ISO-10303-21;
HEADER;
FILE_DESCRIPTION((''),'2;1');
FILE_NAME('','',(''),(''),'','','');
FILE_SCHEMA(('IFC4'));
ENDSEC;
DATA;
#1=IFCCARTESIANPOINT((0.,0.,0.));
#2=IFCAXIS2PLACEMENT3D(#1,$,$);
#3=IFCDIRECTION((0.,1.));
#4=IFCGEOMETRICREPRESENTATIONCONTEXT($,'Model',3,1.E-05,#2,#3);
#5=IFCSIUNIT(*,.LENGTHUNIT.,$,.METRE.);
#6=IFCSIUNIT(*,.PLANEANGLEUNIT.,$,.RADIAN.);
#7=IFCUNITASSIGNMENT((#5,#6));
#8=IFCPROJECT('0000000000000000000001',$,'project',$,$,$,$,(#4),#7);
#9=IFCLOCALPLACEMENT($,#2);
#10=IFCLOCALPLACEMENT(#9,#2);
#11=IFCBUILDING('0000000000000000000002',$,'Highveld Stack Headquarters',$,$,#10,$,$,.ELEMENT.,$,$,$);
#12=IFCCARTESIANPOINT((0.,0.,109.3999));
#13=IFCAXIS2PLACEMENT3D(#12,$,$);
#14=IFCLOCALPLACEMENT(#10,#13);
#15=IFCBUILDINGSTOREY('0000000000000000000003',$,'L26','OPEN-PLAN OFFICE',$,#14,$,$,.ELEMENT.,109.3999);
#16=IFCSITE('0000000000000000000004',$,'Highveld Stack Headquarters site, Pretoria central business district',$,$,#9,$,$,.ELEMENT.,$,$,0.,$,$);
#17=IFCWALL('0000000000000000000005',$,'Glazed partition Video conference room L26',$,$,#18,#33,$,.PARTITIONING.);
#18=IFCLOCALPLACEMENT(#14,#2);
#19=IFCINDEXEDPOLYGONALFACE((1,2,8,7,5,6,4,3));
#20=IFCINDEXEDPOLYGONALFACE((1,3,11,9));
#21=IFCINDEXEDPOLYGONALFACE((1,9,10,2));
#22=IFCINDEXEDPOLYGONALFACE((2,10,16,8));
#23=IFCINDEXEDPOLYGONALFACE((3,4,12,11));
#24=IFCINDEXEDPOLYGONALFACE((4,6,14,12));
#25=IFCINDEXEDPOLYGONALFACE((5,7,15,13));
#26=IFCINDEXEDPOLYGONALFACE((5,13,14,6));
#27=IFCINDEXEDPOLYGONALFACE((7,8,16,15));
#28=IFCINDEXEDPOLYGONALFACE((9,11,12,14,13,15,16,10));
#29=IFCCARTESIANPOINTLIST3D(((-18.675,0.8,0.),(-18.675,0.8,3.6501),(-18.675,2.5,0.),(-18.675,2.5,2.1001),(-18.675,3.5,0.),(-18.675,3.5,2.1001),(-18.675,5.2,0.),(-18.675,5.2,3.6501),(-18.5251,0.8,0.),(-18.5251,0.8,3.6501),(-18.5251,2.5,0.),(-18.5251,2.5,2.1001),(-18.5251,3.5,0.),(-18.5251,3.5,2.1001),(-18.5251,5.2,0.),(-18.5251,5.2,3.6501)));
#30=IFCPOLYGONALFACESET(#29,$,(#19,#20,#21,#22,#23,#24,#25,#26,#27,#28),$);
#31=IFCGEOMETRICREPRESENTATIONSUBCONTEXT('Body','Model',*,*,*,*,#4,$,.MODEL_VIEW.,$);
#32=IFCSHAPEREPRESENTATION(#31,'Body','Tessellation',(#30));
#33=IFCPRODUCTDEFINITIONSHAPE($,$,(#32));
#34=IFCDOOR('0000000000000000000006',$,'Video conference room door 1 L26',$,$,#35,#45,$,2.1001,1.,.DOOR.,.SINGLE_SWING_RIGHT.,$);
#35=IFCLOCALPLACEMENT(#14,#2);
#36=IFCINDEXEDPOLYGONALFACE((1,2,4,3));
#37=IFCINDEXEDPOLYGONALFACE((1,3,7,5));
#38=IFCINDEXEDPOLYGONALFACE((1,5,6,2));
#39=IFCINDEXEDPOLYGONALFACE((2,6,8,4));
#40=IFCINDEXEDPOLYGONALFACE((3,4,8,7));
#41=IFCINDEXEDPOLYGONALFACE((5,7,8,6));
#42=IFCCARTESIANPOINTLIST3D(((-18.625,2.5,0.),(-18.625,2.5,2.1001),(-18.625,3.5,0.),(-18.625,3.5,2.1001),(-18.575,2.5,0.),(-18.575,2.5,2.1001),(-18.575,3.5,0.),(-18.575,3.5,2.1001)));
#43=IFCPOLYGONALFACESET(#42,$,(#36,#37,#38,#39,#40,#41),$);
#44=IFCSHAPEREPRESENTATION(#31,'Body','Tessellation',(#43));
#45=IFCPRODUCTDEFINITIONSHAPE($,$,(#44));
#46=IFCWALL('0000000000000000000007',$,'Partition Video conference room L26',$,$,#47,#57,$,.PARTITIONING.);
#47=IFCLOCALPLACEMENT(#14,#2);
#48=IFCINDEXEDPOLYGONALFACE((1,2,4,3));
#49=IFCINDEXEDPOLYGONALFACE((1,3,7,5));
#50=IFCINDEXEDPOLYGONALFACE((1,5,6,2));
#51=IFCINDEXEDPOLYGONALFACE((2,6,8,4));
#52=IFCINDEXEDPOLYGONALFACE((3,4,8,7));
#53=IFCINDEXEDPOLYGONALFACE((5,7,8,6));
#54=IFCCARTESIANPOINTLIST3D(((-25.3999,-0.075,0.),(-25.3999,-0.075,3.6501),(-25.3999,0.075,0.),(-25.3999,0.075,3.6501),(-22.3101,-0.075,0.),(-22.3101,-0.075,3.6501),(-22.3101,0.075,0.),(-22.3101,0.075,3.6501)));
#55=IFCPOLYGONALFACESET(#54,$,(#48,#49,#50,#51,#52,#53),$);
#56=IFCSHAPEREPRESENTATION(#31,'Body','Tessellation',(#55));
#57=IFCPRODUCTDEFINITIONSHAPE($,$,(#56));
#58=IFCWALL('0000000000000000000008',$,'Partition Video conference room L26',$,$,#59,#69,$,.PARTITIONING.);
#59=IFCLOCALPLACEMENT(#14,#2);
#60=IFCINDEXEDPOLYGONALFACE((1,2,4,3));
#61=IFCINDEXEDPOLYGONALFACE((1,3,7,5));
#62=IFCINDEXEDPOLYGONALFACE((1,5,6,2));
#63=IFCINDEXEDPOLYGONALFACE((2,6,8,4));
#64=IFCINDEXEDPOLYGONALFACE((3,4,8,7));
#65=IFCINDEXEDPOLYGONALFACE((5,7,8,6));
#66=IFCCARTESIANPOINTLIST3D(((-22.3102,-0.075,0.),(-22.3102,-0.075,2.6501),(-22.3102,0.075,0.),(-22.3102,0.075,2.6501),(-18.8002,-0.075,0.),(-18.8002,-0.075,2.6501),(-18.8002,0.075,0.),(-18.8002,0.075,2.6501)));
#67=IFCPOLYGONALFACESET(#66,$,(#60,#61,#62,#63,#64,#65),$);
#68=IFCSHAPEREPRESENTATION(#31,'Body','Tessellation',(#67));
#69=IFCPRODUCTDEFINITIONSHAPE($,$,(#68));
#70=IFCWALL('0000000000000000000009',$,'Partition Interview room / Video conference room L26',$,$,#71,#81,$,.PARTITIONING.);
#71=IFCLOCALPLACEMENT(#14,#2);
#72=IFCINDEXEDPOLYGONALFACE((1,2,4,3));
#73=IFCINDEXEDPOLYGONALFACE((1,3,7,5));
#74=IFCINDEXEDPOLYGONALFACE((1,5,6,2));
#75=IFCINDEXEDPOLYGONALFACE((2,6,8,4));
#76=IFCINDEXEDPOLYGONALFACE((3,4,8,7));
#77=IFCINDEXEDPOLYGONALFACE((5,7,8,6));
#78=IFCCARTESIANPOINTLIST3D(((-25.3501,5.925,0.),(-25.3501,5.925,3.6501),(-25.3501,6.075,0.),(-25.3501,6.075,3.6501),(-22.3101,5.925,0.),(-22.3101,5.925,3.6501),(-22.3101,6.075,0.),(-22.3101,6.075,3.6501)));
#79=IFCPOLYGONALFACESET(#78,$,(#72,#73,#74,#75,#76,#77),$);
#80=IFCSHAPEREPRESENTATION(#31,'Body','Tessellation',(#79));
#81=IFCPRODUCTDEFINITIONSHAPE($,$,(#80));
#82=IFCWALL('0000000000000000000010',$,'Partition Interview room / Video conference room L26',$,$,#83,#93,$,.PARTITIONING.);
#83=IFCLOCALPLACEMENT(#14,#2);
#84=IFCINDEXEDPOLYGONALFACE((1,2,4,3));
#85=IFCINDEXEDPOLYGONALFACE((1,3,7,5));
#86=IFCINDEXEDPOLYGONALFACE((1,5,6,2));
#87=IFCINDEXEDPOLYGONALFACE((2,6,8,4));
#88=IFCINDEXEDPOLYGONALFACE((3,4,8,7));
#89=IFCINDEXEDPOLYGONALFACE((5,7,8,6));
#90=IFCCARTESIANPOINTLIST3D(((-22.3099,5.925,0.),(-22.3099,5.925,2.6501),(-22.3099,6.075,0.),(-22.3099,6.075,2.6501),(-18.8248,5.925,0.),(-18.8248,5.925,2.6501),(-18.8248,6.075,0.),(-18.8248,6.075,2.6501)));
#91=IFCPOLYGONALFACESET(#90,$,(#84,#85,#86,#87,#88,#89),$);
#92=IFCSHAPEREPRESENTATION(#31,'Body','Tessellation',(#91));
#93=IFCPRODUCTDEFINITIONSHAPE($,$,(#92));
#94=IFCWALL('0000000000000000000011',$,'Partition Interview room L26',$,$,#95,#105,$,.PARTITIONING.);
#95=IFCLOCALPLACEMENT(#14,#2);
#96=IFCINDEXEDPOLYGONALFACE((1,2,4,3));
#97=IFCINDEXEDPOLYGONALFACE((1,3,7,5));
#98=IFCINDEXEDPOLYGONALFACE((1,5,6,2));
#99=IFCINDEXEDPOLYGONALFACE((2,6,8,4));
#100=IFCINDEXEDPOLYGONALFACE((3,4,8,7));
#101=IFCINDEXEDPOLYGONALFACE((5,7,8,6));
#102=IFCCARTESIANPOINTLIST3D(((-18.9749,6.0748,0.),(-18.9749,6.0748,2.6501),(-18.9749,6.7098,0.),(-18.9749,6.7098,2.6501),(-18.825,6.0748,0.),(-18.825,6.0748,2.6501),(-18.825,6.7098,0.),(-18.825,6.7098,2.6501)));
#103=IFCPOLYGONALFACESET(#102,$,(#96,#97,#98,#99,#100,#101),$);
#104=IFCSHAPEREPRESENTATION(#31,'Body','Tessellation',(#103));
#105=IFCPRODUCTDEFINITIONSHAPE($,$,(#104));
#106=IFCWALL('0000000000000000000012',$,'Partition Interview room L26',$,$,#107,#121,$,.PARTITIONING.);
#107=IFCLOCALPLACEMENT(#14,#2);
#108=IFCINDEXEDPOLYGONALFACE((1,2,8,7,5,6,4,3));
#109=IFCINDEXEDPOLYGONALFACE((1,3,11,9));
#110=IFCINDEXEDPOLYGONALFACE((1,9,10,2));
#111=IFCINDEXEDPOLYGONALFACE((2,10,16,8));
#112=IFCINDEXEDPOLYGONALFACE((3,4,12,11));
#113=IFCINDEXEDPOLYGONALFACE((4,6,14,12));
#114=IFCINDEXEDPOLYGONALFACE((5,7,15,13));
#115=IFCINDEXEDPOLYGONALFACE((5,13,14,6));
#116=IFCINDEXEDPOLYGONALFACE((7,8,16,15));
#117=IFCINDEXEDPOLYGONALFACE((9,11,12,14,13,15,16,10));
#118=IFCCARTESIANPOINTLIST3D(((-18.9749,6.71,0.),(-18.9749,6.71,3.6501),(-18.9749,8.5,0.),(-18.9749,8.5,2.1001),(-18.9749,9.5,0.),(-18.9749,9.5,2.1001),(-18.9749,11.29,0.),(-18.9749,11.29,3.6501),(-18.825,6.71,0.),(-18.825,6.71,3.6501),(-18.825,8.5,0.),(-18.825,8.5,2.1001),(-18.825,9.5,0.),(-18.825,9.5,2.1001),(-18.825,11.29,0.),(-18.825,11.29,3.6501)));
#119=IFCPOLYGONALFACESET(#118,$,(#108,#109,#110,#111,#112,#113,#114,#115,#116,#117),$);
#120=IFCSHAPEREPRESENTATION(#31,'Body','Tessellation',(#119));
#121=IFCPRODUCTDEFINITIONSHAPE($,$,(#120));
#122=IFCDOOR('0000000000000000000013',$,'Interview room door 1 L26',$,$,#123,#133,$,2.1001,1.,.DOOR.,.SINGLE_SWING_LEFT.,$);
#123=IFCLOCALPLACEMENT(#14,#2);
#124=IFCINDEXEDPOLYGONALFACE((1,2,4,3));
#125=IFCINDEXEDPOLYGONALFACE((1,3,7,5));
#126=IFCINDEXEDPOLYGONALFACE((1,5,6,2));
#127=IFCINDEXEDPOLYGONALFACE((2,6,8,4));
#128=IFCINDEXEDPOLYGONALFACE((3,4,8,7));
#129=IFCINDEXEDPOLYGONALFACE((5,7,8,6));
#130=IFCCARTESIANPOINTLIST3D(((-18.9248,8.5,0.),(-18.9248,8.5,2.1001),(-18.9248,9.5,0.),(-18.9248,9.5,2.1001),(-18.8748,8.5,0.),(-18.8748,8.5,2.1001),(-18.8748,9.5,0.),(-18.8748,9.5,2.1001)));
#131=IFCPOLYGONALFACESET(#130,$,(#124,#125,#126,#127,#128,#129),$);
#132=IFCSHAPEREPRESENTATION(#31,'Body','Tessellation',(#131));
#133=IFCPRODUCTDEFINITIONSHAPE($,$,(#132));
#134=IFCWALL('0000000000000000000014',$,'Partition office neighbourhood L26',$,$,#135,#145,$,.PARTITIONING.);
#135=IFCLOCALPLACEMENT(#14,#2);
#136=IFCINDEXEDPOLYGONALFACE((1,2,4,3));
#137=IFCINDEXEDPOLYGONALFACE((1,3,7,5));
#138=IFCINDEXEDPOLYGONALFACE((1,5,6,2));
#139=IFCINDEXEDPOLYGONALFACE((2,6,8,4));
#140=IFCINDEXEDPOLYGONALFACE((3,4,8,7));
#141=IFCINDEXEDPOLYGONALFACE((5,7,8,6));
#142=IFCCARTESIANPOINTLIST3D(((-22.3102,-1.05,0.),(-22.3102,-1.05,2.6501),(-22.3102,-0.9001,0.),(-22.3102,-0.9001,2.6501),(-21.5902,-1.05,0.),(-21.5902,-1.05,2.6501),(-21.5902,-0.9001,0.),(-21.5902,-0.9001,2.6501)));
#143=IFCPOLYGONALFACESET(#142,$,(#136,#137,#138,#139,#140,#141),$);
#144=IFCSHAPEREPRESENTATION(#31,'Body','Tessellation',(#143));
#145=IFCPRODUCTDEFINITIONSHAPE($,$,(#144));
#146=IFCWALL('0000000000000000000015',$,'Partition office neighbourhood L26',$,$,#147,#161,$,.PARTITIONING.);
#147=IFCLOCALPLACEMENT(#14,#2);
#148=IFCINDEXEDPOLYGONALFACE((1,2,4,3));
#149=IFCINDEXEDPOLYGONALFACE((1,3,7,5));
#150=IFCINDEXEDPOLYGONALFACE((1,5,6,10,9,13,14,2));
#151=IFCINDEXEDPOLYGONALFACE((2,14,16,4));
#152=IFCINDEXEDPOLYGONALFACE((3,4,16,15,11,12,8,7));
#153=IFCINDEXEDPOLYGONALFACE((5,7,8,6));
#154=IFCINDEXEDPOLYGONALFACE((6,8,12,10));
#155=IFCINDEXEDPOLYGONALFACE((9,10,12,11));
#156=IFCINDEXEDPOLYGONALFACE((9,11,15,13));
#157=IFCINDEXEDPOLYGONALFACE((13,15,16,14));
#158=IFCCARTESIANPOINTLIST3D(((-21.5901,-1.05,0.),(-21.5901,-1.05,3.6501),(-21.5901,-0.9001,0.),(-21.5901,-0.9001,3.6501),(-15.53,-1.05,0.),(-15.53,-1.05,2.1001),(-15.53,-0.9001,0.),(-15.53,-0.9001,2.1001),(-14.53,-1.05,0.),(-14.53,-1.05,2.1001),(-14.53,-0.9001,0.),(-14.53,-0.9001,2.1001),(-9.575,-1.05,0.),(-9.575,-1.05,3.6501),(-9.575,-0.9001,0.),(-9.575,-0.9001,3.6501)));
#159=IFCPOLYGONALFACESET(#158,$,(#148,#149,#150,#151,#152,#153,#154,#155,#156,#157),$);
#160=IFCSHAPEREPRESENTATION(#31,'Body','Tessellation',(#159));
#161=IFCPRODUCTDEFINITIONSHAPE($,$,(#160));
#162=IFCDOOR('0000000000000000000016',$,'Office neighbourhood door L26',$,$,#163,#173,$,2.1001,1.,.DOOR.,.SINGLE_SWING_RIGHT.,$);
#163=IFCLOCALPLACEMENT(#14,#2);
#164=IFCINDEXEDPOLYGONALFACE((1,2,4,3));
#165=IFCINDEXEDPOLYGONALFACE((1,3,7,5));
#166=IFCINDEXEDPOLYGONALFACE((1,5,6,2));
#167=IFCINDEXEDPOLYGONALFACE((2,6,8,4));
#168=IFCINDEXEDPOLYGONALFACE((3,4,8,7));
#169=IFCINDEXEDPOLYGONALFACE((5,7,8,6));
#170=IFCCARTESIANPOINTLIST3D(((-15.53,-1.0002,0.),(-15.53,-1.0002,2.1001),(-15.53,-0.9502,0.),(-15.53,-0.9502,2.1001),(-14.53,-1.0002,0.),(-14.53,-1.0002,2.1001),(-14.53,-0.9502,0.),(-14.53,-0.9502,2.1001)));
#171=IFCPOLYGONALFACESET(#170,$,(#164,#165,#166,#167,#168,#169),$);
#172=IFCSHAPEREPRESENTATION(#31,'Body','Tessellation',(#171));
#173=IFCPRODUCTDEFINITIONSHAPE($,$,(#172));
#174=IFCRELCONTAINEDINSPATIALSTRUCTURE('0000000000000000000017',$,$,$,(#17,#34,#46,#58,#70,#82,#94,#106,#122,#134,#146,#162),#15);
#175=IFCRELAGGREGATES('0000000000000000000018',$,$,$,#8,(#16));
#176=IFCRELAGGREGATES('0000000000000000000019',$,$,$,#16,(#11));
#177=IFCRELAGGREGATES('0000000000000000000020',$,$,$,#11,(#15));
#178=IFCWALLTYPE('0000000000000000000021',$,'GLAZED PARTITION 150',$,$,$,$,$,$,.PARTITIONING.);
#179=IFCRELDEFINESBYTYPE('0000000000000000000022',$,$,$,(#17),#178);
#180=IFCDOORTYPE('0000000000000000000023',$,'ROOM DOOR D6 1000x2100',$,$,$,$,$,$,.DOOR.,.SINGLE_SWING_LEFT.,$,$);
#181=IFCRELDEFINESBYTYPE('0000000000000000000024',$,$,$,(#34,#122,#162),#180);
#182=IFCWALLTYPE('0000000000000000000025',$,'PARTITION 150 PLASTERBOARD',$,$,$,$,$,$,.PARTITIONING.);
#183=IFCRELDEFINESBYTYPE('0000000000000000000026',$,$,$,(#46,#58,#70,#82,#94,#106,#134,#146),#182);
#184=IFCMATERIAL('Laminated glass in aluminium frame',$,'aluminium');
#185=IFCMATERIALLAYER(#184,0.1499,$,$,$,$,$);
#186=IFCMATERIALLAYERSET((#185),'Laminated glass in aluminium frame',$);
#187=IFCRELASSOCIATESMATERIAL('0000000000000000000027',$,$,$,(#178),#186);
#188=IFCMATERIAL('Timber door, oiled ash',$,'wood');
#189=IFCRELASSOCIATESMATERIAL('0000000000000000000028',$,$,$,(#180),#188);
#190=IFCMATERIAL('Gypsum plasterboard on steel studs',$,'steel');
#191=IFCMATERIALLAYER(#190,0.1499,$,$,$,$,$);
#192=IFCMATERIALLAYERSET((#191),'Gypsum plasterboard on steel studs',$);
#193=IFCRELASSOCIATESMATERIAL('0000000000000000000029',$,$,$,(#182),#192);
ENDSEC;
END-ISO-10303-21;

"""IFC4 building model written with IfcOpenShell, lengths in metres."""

from ifc_helpers import new_model, si_unit, direction, frame, frame_2d, origin, place, context, subcontext, project, spatial, rectangle, extrude, material, layer, layer_set, type_object, element, fill, save


model = new_model("IFC4")

# Units and contexts
model_context = context("Model", 3, precision=1e-05, world=origin(), true_north=direction((0.0, 1.0)))
body_context = subcontext(model_context, "Body", "Model", "MODEL_VIEW")
ifc_project = project(units=[si_unit("LENGTHUNIT", "METRE"), si_unit("PLANEANGLEUNIT", "RADIAN")], contexts=[model_context])

# Site, building, storey
site_placement = place(None, origin())
site = spatial("IfcSite", under=ifc_project, at=site_placement, Name="Highveld Stack Headquarters site, Pretoria central business district", CompositionType="ELEMENT", RefElevation=0.0)
building_placement = place(site_placement, origin())
building = spatial("IfcBuilding", under=site, at=building_placement, Name="Highveld Stack Headquarters", CompositionType="ELEMENT")
storey_placement = place(building_placement, frame((0.0, 0.0, 109.3999)))
storey = spatial("IfcBuildingStorey", under=building, at=storey_placement, Name="L26", Description="OPEN-PLAN OFFICE", CompositionType="ELEMENT", Elevation=109.3999)

# Wall, opening, door
ifc_material_1 = material(Name="Laminated glass in aluminium frame", Category="aluminium")
ifc_layer_1 = layer(ifc_material_1, 0.1499)
ifc_layer_set_1 = layer_set([ifc_layer_1], Name="Laminated glass in aluminium frame")
wall_type_1 = type_object("IfcWallType", Name="GLAZED PARTITION 150", PredefinedType="PARTITIONING", material=ifc_layer_set_1)
wall_1_placement = place(storey_placement, frame((-18.6001, 0.8, 0.0), z_axis=(0.0, 0.0, 1.0), x_axis=(0.0, 1.0, 0.0)))
wall_1 = element("IfcWall", 1, at=wall_1_placement, inside=storey, type_object=wall_type_1, Name="Glazed partition Video conference room L26", PredefinedType="PARTITIONING", context=body_context, shape_type="SweptSolid", body=[
    extrude(rectangle(XDim=4.3999, YDim=0.1499, at=frame_2d((2.2, 0.0))), origin(), (0.0, 0.0, 1.0), 3.6501),
])
opening_1_placement = place(wall_1_placement, frame((1.7, 0.0, 0.0)))
opening_1 = element("IfcOpeningElement", 2, at=opening_1_placement, cuts=wall_1, PredefinedType="OPENING", context=body_context, shape_type="SweptSolid", body=[
    extrude(rectangle(XDim=1.0, YDim=2.1001, at=frame_2d((0.5, 1.05))), frame((0.0, 0.085, 0.0), z_axis=(0.0, -1.0, 0.0), x_axis=(1.0, 0.0, 0.0)), (0.0, 0.0, 1.0), 0.1699),
])
ifc_material_2 = material(Name="Timber door, oiled ash", Category="wood")
door_type = type_object("IfcDoorType", Name="ROOM DOOR D6 1000x2100", OperationType="SINGLE_SWING_LEFT", PredefinedType="DOOR", material=ifc_material_2)
door_1_placement = place(opening_1_placement, origin())
door_1 = element("IfcDoor", 3, at=door_1_placement, inside=storey, type_object=door_type, Name="Video conference room door 1 L26", OperationType="SINGLE_SWING_RIGHT", OverallHeight=2.1001, OverallWidth=1.0, PredefinedType="DOOR", context=body_context, shape_type="SweptSolid", body=[
    extrude(rectangle(XDim=1.0, YDim=2.1001, at=frame_2d((0.5, 1.05))), frame((0.0, 0.0249, 0.0), z_axis=(0.0, -1.0, 0.0), x_axis=(1.0, 0.0, 0.0)), (0.0, 0.0, 1.0), 0.05),
])
fill(opening_1, door_1)

# Walls
ifc_material_3 = material(Name="Gypsum plasterboard on steel studs", Category="steel")
ifc_layer_2 = layer(ifc_material_3, 0.1499)
ifc_layer_set_2 = layer_set([ifc_layer_2], Name="Gypsum plasterboard on steel studs")
wall_type_2 = type_object("IfcWallType", Name="PARTITION 150 PLASTERBOARD", PredefinedType="PARTITIONING", material=ifc_layer_set_2)
wall_2_placement = place(storey_placement, frame((-25.3999, 0.0, 0.0), z_axis=(0.0, 0.0, 1.0), x_axis=(1.0, 0.0, 0.0)))
element("IfcWall", 4, at=wall_2_placement, inside=storey, type_object=wall_type_2, Name="Partition Video conference room L26", PredefinedType="PARTITIONING", context=body_context, shape_type="SweptSolid", body=[
    extrude(rectangle(XDim=3.0898, YDim=0.1499, at=frame_2d((1.5449, 0.0))), origin(), (0.0, 0.0, 1.0), 3.6501),
])
wall_3_placement = place(storey_placement, frame((-22.3101, 0.0, 0.0), z_axis=(0.0, 0.0, 1.0), x_axis=(1.0, 0.0, 0.0)))
element("IfcWall", 5, at=wall_3_placement, inside=storey, type_object=wall_type_2, Name="Partition Video conference room L26", PredefinedType="PARTITIONING", context=body_context, shape_type="SweptSolid", body=[
    extrude(rectangle(XDim=3.51, YDim=0.1499, at=frame_2d((1.7549, 0.0))), origin(), (0.0, 0.0, 1.0), 2.6501),
])
wall_4_placement = place(storey_placement, frame((-25.3501, 6.0, 0.0), z_axis=(0.0, 0.0, 1.0), x_axis=(1.0, 0.0, 0.0)))
element("IfcWall", 6, at=wall_4_placement, inside=storey, type_object=wall_type_2, Name="Partition Interview room / Video conference room L26", PredefinedType="PARTITIONING", context=body_context, shape_type="SweptSolid", body=[
    extrude(rectangle(XDim=3.04, YDim=0.1499, at=frame_2d((1.52, 0.0))), origin(), (0.0, 0.0, 1.0), 3.6501),
])
wall_5_placement = place(storey_placement, frame((-22.3101, 6.0, 0.0), z_axis=(0.0, 0.0, 1.0), x_axis=(1.0, 0.0, 0.0)))
element("IfcWall", 7, at=wall_5_placement, inside=storey, type_object=wall_type_2, Name="Partition Interview room / Video conference room L26", PredefinedType="PARTITIONING", context=body_context, shape_type="SweptSolid", body=[
    extrude(rectangle(XDim=3.4851, YDim=0.1499, at=frame_2d((1.7427, 0.0))), origin(), (0.0, 0.0, 1.0), 2.6501),
])
wall_6_placement = place(storey_placement, frame((-18.8999, 6.075, 0.0), z_axis=(0.0, 0.0, 1.0), x_axis=(0.0, 1.0, 0.0)))
element("IfcWall", 8, at=wall_6_placement, inside=storey, type_object=wall_type_2, Name="Partition Interview room L26", PredefinedType="PARTITIONING", context=body_context, shape_type="SweptSolid", body=[
    extrude(rectangle(XDim=0.635, YDim=0.1499, at=frame_2d((0.3174, 0.0))), origin(), (0.0, 0.0, 1.0), 2.6501),
])

# Wall, opening, door
wall_7_placement = place(storey_placement, frame((-18.8999, 6.71, 0.0), z_axis=(0.0, 0.0, 1.0), x_axis=(0.0, 1.0, 0.0)))
wall_7 = element("IfcWall", 9, at=wall_7_placement, inside=storey, type_object=wall_type_2, Name="Partition Interview room L26", PredefinedType="PARTITIONING", context=body_context, shape_type="SweptSolid", body=[
    extrude(rectangle(XDim=4.5801, YDim=0.1499, at=frame_2d((2.29, 0.0))), origin(), (0.0, 0.0, 1.0), 3.6501),
])
opening_2_placement = place(wall_7_placement, frame((1.79, 0.0, 0.0)))
opening_2 = element("IfcOpeningElement", 10, at=opening_2_placement, cuts=wall_7, PredefinedType="OPENING", context=body_context, shape_type="SweptSolid", body=[
    extrude(rectangle(XDim=1.0, YDim=2.1001, at=frame_2d((0.5, 1.05))), frame((0.0, 0.085, 0.0), z_axis=(0.0, -1.0, 0.0), x_axis=(1.0, 0.0, 0.0)), (0.0, 0.0, 1.0), 0.1699),
])
door_2_placement = place(opening_2_placement, origin())
door_2 = element("IfcDoor", 11, at=door_2_placement, inside=storey, type_object=door_type, Name="Interview room door 1 L26", OperationType="SINGLE_SWING_LEFT", OverallHeight=2.1001, OverallWidth=1.0, PredefinedType="DOOR", context=body_context, shape_type="SweptSolid", body=[
    extrude(rectangle(XDim=1.0, YDim=2.1001, at=frame_2d((0.5, 1.05))), frame((0.0, 0.0249, 0.0), z_axis=(0.0, -1.0, 0.0), x_axis=(1.0, 0.0, 0.0)), (0.0, 0.0, 1.0), 0.05),
])
fill(opening_2, door_2)

# Wall
wall_8_placement = place(storey_placement, frame((-22.3101, -0.9751, 0.0), z_axis=(0.0, 0.0, 1.0), x_axis=(1.0, 0.0, 0.0)))
element("IfcWall", 12, at=wall_8_placement, inside=storey, type_object=wall_type_2, Name="Partition office neighbourhood L26", PredefinedType="PARTITIONING", context=body_context, shape_type="SweptSolid", body=[
    extrude(rectangle(XDim=0.72, YDim=0.1499, at=frame_2d((0.3599, 0.0))), origin(), (0.0, 0.0, 1.0), 2.6501),
])

# Wall, opening, door
wall_9_placement = place(storey_placement, frame((-21.5901, -0.9751, 0.0), z_axis=(0.0, 0.0, 1.0), x_axis=(1.0, 0.0, 0.0)))
wall_9 = element("IfcWall", 13, at=wall_9_placement, inside=storey, type_object=wall_type_2, Name="Partition office neighbourhood L26", PredefinedType="PARTITIONING", context=body_context, shape_type="SweptSolid", body=[
    extrude(rectangle(XDim=12.0151, YDim=0.1499, at=frame_2d((6.0076, 0.0))), origin(), (0.0, 0.0, 1.0), 3.6501),
])
opening_3_placement = place(wall_9_placement, frame((6.0601, 0.0, 0.0)))
opening_3 = element("IfcOpeningElement", 14, at=opening_3_placement, cuts=wall_9, PredefinedType="OPENING", context=body_context, shape_type="SweptSolid", body=[
    extrude(rectangle(XDim=1.0, YDim=2.1001, at=frame_2d((0.5, 1.05))), frame((0.0, 0.085, 0.0), z_axis=(0.0, -1.0, 0.0), x_axis=(1.0, 0.0, 0.0)), (0.0, 0.0, 1.0), 0.1699),
])
door_3_placement = place(opening_3_placement, origin())
door_3 = element("IfcDoor", 15, at=door_3_placement, inside=storey, type_object=door_type, Name="Office neighbourhood door L26", OperationType="SINGLE_SWING_RIGHT", OverallHeight=2.1001, OverallWidth=1.0, PredefinedType="DOOR", context=body_context, shape_type="SweptSolid", body=[
    extrude(rectangle(XDim=1.0, YDim=2.1001, at=frame_2d((0.5, 1.05))), frame((0.0, 0.0249, 0.0), z_axis=(0.0, -1.0, 0.0), x_axis=(1.0, 0.0, 0.0)), (0.0, 0.0, 1.0), 0.05),
])
fill(opening_3, door_3)

save(model, "model.ifc")
